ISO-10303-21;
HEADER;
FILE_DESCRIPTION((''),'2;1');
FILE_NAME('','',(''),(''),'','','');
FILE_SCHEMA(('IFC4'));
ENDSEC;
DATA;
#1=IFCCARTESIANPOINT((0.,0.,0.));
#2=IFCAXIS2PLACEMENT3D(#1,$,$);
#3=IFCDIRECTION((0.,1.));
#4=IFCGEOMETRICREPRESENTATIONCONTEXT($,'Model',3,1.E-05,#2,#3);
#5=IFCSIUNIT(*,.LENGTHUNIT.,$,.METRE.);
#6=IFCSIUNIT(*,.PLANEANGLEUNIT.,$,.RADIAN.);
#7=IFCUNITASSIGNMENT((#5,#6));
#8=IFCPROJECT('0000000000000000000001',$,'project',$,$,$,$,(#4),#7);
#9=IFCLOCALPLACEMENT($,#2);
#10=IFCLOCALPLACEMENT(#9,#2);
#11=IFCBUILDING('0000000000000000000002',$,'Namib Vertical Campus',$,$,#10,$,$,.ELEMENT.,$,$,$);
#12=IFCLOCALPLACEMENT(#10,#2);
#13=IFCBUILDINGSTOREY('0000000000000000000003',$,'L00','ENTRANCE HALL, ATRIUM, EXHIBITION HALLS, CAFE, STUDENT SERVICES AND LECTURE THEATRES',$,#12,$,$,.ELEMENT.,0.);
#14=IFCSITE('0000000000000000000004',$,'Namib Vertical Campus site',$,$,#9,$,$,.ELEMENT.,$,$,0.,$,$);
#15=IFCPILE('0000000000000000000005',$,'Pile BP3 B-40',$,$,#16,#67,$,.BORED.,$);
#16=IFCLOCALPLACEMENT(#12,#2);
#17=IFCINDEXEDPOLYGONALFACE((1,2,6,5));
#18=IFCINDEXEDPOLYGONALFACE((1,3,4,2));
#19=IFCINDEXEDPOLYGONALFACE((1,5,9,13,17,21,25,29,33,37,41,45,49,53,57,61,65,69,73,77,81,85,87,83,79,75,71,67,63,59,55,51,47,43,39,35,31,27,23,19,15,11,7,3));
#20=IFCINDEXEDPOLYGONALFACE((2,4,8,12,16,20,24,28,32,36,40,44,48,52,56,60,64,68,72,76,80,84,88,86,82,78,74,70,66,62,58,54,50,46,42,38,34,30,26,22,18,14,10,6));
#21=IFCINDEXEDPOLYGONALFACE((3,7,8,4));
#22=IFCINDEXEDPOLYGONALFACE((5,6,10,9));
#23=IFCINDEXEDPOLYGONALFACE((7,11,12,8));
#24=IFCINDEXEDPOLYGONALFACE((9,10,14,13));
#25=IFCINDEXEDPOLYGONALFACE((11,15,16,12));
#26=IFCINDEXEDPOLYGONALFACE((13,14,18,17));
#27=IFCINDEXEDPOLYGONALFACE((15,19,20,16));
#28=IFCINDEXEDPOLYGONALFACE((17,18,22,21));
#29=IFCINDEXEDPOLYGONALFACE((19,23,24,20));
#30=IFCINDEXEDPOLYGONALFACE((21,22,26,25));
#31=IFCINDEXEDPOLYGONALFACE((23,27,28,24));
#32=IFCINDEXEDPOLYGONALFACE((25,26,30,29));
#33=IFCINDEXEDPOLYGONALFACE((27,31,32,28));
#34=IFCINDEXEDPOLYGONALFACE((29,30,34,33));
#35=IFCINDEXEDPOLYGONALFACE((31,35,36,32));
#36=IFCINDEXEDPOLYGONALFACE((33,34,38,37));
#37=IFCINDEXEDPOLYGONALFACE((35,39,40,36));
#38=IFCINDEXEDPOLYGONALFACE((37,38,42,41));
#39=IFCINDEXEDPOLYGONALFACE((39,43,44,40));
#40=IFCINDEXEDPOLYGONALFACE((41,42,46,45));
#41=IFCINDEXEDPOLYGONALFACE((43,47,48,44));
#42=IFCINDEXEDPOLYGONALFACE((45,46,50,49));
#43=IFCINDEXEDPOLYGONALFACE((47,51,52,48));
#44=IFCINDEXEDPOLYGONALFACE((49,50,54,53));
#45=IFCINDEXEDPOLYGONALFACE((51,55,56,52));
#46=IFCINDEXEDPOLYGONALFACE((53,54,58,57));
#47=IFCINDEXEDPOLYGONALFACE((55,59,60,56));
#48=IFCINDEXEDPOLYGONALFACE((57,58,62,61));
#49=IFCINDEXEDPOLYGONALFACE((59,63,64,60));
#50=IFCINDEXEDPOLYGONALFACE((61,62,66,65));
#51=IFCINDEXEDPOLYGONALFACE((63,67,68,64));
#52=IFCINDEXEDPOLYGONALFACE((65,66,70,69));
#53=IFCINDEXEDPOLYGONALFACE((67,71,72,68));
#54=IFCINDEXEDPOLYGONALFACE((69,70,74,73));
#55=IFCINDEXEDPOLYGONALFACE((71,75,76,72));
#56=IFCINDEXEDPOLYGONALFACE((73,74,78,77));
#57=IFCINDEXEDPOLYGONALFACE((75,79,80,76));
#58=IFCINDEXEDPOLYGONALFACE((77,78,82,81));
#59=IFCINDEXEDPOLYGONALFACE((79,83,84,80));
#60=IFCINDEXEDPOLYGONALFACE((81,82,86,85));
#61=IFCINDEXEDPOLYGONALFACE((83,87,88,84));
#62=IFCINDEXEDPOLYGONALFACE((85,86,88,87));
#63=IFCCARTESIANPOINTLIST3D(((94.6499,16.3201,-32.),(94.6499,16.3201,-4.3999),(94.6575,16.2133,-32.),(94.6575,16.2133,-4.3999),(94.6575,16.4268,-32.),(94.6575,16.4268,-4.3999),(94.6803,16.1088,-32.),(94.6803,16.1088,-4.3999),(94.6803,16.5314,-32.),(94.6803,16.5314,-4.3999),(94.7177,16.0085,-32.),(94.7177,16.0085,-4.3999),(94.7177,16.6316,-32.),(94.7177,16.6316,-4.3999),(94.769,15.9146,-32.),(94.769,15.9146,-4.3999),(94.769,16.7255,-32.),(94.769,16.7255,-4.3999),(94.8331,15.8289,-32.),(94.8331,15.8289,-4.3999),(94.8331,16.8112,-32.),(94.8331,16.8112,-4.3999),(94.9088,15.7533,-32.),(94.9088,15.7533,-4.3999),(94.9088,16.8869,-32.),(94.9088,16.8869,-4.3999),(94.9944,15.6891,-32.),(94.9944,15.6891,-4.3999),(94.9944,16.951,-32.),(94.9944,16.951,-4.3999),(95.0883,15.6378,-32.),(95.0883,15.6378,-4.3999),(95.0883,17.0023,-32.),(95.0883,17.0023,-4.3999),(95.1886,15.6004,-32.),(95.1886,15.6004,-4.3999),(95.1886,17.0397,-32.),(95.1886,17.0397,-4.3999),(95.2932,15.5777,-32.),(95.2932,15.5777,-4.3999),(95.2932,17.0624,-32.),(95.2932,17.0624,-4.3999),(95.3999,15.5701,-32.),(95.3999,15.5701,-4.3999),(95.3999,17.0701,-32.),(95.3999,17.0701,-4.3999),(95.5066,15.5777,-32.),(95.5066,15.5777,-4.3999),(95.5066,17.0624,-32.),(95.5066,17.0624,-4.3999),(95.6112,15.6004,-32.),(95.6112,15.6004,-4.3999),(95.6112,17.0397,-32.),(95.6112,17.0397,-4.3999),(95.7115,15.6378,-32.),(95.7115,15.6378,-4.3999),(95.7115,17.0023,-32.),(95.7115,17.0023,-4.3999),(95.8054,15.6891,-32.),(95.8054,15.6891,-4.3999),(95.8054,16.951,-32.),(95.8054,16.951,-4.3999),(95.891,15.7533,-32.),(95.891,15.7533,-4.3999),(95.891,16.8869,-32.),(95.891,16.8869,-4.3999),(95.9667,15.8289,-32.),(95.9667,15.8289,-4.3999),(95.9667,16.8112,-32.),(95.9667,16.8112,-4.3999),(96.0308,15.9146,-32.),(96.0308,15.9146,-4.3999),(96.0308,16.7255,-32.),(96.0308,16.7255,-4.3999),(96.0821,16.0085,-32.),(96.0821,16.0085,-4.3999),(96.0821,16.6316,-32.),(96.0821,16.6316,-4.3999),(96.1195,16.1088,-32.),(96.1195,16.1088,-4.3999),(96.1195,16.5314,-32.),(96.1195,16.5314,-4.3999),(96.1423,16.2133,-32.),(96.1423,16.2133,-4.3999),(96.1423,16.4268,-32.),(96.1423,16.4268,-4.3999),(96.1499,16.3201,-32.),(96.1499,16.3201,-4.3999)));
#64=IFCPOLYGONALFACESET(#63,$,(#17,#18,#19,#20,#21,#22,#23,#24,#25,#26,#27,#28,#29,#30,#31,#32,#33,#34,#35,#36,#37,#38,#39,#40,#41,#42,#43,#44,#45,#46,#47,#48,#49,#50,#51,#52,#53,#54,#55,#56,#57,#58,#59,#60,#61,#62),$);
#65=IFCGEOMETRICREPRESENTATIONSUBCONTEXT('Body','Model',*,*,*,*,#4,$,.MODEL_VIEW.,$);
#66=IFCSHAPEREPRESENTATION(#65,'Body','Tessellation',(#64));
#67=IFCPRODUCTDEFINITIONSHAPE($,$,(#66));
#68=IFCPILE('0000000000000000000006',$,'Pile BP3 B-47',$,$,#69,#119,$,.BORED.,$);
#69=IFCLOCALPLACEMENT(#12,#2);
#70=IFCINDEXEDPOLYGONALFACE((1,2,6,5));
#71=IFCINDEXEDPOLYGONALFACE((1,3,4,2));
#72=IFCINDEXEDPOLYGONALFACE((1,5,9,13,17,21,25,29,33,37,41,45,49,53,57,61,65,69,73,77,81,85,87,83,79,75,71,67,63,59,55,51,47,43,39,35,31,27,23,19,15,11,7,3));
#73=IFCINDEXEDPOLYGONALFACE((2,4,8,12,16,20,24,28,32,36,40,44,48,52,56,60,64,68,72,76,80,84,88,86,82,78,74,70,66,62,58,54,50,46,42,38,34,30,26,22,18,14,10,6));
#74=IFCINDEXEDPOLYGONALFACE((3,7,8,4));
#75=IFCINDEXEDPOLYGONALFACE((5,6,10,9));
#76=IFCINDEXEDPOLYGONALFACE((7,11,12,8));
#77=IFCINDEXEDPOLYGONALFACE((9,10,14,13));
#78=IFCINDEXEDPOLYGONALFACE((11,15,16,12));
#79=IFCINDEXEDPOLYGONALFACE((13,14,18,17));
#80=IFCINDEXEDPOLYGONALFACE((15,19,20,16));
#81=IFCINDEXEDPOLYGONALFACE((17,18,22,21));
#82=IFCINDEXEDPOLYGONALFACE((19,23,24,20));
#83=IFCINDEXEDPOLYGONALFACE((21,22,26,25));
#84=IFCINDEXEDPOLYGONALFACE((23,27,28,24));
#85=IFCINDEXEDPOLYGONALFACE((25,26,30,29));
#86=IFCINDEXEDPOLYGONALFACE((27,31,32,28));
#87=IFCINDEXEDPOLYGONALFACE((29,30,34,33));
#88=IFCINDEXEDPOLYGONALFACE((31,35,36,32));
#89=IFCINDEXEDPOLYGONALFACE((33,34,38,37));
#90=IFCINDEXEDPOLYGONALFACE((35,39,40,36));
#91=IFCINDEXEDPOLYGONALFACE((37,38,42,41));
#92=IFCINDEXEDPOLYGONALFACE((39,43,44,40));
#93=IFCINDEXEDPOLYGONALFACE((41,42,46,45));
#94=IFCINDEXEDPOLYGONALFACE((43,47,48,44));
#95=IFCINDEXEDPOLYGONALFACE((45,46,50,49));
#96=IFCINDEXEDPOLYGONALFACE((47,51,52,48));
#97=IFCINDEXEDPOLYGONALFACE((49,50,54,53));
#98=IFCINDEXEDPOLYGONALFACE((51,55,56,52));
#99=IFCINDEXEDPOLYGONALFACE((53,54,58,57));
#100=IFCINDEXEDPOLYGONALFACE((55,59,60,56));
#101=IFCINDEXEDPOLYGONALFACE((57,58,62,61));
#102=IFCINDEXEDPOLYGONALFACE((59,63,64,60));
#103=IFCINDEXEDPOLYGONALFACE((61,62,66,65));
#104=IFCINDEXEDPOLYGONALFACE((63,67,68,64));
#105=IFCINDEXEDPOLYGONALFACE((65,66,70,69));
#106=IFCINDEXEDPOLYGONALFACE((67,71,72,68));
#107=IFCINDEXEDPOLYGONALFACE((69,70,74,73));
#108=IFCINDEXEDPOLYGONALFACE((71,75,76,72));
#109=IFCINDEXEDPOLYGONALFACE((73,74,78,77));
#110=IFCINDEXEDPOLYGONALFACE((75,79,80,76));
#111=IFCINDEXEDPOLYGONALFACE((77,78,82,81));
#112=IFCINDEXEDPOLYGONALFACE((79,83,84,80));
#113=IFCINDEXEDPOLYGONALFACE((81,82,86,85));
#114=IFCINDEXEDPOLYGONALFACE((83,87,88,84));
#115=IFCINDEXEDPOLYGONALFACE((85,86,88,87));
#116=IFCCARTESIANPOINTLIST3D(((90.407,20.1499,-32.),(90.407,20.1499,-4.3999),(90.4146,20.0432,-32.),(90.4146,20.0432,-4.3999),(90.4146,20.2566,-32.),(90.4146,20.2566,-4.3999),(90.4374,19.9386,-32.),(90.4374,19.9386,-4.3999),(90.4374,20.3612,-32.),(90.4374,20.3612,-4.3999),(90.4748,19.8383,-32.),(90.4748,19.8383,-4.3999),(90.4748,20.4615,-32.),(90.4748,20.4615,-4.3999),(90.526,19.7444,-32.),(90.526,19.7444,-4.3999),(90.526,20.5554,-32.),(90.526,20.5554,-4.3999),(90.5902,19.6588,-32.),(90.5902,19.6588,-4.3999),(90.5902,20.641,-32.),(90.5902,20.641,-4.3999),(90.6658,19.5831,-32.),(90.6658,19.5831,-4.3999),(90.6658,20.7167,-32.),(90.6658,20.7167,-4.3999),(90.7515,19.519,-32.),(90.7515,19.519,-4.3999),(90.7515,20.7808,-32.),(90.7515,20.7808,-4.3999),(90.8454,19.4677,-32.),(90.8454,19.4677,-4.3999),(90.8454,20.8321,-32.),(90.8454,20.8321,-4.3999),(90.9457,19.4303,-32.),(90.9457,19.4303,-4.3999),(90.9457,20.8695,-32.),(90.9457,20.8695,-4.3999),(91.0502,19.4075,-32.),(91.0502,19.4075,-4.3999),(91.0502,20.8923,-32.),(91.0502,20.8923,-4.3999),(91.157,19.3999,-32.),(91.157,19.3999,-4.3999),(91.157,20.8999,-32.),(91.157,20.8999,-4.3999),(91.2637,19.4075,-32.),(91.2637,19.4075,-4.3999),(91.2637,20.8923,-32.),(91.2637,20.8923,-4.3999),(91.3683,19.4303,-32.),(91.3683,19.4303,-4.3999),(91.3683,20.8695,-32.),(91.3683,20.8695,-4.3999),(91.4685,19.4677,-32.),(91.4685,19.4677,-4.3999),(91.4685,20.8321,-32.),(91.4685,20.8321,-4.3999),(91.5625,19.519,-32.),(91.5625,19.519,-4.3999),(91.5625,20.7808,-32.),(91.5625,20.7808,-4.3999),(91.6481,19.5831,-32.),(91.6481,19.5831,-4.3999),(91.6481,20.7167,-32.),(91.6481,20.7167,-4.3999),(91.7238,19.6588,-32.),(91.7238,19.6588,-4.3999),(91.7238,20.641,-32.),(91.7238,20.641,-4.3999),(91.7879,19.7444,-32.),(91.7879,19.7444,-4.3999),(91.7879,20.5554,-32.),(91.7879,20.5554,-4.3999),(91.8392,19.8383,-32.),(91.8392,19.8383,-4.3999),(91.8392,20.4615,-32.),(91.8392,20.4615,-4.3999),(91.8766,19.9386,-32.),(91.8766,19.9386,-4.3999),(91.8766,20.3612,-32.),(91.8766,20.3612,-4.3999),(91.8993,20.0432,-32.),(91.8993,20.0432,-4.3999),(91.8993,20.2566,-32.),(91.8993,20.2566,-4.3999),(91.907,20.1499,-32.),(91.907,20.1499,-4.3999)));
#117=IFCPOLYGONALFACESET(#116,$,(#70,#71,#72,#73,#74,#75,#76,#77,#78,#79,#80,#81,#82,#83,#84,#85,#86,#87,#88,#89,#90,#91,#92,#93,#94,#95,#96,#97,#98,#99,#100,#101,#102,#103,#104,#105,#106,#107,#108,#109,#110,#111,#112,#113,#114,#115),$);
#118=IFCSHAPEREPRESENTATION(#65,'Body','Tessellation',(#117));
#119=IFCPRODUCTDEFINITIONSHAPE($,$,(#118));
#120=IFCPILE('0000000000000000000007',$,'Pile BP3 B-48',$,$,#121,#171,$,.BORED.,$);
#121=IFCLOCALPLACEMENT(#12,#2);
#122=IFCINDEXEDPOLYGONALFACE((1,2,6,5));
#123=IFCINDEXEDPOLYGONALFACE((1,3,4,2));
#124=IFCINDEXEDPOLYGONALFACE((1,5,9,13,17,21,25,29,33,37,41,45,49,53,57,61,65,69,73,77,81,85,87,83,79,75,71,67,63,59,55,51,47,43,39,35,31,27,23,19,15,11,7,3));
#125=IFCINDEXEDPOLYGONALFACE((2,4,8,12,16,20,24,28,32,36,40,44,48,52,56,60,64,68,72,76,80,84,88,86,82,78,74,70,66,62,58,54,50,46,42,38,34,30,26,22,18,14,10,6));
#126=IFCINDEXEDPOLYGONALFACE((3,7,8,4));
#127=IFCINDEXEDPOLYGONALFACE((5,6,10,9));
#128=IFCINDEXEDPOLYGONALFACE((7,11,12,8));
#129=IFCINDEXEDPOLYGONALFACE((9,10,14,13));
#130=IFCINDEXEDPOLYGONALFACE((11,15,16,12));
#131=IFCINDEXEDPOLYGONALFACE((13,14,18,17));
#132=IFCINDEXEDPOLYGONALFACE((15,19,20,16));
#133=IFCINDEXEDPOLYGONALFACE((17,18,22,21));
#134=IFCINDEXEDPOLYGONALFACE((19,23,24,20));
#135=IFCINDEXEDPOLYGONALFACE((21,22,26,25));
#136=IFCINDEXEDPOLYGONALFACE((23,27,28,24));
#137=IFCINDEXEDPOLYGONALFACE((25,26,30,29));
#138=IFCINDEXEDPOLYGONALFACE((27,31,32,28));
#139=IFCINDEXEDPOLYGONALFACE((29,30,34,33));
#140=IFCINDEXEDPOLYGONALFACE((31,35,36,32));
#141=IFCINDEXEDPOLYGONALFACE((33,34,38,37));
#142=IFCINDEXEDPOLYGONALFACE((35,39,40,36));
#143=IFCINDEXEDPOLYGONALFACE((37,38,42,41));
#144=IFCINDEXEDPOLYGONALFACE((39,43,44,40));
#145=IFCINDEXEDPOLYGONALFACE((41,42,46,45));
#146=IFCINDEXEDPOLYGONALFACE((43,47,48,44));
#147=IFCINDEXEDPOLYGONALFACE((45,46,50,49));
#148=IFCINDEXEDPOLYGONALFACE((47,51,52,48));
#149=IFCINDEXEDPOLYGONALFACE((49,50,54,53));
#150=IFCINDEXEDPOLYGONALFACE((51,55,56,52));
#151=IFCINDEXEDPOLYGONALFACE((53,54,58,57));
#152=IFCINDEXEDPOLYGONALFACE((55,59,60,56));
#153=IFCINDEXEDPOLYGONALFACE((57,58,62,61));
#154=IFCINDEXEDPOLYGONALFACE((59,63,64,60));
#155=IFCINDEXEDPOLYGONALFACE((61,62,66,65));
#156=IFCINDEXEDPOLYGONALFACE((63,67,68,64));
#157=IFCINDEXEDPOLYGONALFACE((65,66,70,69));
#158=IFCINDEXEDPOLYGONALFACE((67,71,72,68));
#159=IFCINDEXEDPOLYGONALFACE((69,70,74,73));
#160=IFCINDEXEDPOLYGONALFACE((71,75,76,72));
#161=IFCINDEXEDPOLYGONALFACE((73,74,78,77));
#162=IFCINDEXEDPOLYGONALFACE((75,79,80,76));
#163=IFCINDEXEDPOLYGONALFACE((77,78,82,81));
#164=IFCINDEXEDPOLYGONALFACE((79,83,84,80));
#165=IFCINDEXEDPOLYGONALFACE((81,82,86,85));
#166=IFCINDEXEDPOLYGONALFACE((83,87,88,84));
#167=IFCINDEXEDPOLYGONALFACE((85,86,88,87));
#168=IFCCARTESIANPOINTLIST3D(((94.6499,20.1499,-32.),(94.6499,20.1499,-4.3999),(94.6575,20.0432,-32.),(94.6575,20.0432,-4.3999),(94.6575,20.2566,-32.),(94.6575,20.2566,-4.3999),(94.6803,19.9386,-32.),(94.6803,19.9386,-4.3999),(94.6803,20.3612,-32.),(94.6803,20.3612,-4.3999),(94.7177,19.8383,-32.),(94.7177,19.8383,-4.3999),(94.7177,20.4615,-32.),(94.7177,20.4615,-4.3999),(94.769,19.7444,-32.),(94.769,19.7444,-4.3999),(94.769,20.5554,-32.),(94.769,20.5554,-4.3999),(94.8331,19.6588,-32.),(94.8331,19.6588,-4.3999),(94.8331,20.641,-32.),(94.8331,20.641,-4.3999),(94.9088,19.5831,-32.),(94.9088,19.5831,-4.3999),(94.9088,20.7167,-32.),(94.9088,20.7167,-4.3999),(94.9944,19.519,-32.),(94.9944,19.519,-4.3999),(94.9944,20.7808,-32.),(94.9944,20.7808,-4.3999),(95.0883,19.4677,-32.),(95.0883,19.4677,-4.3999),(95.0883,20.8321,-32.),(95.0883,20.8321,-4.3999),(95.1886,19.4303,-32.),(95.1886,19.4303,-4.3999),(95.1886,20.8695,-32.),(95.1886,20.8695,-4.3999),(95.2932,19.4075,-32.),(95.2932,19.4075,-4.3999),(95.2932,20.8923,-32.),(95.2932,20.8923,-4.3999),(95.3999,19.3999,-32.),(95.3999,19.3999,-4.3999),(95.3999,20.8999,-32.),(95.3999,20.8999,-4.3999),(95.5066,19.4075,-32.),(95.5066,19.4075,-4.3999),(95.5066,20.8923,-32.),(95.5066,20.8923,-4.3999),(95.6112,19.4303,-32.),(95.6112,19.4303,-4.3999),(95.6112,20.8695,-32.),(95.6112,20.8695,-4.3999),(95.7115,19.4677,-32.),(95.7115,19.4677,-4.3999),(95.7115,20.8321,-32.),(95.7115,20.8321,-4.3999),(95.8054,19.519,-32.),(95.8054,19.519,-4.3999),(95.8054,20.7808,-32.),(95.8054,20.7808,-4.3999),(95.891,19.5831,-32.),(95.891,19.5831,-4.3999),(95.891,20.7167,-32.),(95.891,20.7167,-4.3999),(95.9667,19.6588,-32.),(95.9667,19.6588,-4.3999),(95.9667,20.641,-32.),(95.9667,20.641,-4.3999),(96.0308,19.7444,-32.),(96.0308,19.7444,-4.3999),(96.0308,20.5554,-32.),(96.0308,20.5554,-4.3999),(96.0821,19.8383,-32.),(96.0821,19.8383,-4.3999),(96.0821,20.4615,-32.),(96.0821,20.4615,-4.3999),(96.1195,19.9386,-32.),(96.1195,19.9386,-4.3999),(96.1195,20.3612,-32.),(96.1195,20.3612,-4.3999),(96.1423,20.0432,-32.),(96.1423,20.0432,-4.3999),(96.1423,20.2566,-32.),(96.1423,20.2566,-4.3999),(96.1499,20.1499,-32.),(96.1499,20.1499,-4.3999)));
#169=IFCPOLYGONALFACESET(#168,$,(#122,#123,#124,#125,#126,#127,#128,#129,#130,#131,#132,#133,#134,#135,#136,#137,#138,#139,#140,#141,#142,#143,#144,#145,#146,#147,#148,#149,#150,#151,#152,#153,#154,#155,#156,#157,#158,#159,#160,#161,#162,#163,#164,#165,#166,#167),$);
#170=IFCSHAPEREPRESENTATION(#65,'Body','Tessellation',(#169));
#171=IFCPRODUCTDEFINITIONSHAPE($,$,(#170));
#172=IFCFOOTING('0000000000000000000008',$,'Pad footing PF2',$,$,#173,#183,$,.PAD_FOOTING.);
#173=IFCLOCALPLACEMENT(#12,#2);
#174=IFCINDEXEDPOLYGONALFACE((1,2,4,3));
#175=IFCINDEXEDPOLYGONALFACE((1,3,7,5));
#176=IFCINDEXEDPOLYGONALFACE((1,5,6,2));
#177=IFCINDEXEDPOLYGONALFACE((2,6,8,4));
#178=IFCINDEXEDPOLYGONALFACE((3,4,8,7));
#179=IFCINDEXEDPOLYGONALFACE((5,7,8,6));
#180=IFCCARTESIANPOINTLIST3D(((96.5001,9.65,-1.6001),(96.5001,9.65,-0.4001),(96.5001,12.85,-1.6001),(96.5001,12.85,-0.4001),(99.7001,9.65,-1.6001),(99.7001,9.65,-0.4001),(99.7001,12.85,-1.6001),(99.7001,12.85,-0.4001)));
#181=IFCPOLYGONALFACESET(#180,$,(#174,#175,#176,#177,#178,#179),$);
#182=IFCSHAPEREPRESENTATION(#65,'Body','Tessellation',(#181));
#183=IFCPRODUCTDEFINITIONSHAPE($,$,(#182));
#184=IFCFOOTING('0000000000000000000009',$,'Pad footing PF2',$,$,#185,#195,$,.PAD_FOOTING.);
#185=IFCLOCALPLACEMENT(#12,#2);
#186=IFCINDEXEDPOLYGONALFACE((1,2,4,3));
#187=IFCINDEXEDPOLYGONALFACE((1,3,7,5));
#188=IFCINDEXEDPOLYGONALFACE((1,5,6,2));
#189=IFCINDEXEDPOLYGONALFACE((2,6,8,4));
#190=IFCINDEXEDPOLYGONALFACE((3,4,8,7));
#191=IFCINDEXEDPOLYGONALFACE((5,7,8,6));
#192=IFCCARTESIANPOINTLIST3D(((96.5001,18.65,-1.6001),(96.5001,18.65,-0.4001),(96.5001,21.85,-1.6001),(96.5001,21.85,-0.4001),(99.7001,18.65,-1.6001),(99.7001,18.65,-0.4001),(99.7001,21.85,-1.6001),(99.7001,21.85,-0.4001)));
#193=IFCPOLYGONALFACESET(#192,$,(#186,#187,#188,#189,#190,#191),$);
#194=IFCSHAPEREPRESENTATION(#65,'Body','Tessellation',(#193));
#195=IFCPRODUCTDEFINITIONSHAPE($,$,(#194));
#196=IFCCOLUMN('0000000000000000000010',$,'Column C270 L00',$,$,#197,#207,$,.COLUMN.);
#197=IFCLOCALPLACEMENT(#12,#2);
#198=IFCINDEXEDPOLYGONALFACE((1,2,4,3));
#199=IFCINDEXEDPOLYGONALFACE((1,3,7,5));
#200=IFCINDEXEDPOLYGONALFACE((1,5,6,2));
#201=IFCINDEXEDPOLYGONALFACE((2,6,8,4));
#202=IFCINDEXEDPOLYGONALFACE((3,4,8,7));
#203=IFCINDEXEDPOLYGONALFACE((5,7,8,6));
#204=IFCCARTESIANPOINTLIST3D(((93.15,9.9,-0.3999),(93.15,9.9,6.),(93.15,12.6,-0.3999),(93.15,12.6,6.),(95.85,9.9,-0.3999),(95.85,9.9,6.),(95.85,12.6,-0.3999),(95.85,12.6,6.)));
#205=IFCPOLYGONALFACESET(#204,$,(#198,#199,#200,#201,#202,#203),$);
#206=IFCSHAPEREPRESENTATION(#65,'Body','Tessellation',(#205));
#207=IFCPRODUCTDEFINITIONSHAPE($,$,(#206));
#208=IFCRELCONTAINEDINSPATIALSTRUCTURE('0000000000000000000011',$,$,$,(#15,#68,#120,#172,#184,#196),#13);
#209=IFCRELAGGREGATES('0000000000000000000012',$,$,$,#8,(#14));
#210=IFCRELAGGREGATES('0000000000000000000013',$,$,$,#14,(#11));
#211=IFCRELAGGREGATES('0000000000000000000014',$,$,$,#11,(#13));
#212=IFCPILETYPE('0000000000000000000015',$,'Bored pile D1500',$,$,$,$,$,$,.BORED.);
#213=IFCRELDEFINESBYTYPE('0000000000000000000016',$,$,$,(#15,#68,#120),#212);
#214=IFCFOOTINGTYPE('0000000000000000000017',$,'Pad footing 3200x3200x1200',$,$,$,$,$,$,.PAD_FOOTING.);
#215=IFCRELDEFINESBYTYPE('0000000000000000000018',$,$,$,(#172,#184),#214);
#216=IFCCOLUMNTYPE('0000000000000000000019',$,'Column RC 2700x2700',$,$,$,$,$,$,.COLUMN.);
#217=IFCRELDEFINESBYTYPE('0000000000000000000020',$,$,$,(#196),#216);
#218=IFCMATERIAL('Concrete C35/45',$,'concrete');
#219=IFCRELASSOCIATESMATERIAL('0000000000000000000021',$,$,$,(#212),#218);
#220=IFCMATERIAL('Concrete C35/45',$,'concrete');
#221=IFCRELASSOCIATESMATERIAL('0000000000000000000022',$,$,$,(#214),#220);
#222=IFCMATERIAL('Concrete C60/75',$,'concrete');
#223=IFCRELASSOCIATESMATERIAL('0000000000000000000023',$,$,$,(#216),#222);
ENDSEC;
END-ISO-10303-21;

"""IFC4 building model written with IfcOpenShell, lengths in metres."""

from ifc_helpers import new_model, si_unit, direction, frame, origin, origin_2d, place, context, subcontext, project, spatial, rectangle, circle, extrude, material, material_profile, profile_set, type_object, element, save


model = new_model("IFC4")

# Units and contexts
model_context = context("Model", 3, precision=1e-05, world=origin(), true_north=direction((0.0, 1.0)))
body_context = subcontext(model_context, "Body", "Model", "MODEL_VIEW")
ifc_project = project(units=[si_unit("LENGTHUNIT", "METRE"), si_unit("PLANEANGLEUNIT", "RADIAN")], contexts=[model_context])

# Site, building, storey
site_placement = place(None, origin())
site = spatial("IfcSite", under=ifc_project, at=site_placement, Name="Namib Vertical Campus site", CompositionType="ELEMENT", RefElevation=0.0)
building_placement = place(site_placement, origin())
building = spatial("IfcBuilding", under=site, at=building_placement, Name="Namib Vertical Campus", CompositionType="ELEMENT")
storey_placement = place(building_placement, origin())
storey = spatial("IfcBuildingStorey", under=building, at=storey_placement, Name="L00", Description="ENTRANCE HALL, ATRIUM, EXHIBITION HALLS, CAFE, STUDENT SERVICES AND LECTURE THEATRES", CompositionType="ELEMENT", Elevation=0.0)

# Piles
ifc_material_1 = material(Name="Concrete C35/45", Category="concrete")
ifc_material_profile_1 = material_profile(ifc_material_1, circle(Radius=0.75, at=origin_2d()))
ifc_profile_set_1 = profile_set([ifc_material_profile_1], Name="Concrete C35/45")
pile_type = type_object("IfcPileType", Name="Bored pile D1500", PredefinedType="BORED", material=ifc_profile_set_1)
for number, where, z_axis, x_axis, name in (
    (1, (95.3999, 16.3201, -4.3999), (0.0, 0.0, -1.0), (1.0, 0.0, 0.0), "Pile BP3 B-40"),
    (2, (91.157, 20.1499, -4.3999), (0.0, 0.0, -1.0), (1.0, 0.0, 0.0), "Pile BP3 B-47"),
    (3, (95.3999, 20.1499, -4.3999), (0.0, 0.0, -1.0), (1.0, 0.0, 0.0), "Pile BP3 B-48"),
):
    element("IfcPile", number, at=place(storey_placement, frame(where, z_axis=z_axis, x_axis=x_axis)), inside=storey, type_object=pile_type, Name=name, PredefinedType="BORED", context=body_context, shape_type="SweptSolid", body=[
        extrude(circle(Radius=0.75, at=origin_2d()), origin(), (0.0, 0.0, 1.0), 27.6001),
    ])

# Footings
ifc_material_2 = material(Name="Concrete C35/45", Category="concrete")
footing_type = type_object("IfcFootingType", Name="Pad footing 3200x3200x1200", PredefinedType="PAD_FOOTING", material=ifc_material_2)
for number, where, z_axis, x_axis, name in (
    (4, (98.1001, 11.25, -1.6001), (0.0, 0.0, 1.0), (1.0, 0.0, 0.0), "Pad footing PF2"),
    (5, (98.1001, 20.25, -1.6001), (0.0, 0.0, 1.0), (1.0, 0.0, 0.0), "Pad footing PF2"),
):
    element("IfcFooting", number, at=place(storey_placement, frame(where, z_axis=z_axis, x_axis=x_axis)), inside=storey, type_object=footing_type, Name=name, PredefinedType="PAD_FOOTING", context=body_context, shape_type="SweptSolid", body=[
        extrude(rectangle(XDim=3.2, YDim=3.2, at=origin_2d()), origin(), (0.0, 0.0, 1.0), 1.2),
    ])

# Column
ifc_material_3 = material(Name="Concrete C60/75", Category="concrete")
ifc_material_profile_2 = material_profile(ifc_material_3, rectangle(XDim=2.7, YDim=2.7, at=origin_2d()))
ifc_profile_set_2 = profile_set([ifc_material_profile_2], Name="Concrete C60/75")
column_type_1 = type_object("IfcColumnType", Name="Column RC 2700x2700", PredefinedType="COLUMN", material=ifc_profile_set_2)
column_1_placement = place(storey_placement, frame((94.5, 11.25, -0.3999), z_axis=(0.0, 0.0, 1.0), x_axis=(1.0, 0.0, 0.0)))
element("IfcColumn", 6, at=column_1_placement, inside=storey, type_object=column_type_1, Name="Column C270 L00", PredefinedType="COLUMN", context=body_context, shape_type="SweptSolid", body=[
    extrude(rectangle(XDim=2.7, YDim=2.7, at=origin_2d()), origin(), (0.0, 0.0, 1.0), 6.3999),
])

save(model, "model.ifc")
